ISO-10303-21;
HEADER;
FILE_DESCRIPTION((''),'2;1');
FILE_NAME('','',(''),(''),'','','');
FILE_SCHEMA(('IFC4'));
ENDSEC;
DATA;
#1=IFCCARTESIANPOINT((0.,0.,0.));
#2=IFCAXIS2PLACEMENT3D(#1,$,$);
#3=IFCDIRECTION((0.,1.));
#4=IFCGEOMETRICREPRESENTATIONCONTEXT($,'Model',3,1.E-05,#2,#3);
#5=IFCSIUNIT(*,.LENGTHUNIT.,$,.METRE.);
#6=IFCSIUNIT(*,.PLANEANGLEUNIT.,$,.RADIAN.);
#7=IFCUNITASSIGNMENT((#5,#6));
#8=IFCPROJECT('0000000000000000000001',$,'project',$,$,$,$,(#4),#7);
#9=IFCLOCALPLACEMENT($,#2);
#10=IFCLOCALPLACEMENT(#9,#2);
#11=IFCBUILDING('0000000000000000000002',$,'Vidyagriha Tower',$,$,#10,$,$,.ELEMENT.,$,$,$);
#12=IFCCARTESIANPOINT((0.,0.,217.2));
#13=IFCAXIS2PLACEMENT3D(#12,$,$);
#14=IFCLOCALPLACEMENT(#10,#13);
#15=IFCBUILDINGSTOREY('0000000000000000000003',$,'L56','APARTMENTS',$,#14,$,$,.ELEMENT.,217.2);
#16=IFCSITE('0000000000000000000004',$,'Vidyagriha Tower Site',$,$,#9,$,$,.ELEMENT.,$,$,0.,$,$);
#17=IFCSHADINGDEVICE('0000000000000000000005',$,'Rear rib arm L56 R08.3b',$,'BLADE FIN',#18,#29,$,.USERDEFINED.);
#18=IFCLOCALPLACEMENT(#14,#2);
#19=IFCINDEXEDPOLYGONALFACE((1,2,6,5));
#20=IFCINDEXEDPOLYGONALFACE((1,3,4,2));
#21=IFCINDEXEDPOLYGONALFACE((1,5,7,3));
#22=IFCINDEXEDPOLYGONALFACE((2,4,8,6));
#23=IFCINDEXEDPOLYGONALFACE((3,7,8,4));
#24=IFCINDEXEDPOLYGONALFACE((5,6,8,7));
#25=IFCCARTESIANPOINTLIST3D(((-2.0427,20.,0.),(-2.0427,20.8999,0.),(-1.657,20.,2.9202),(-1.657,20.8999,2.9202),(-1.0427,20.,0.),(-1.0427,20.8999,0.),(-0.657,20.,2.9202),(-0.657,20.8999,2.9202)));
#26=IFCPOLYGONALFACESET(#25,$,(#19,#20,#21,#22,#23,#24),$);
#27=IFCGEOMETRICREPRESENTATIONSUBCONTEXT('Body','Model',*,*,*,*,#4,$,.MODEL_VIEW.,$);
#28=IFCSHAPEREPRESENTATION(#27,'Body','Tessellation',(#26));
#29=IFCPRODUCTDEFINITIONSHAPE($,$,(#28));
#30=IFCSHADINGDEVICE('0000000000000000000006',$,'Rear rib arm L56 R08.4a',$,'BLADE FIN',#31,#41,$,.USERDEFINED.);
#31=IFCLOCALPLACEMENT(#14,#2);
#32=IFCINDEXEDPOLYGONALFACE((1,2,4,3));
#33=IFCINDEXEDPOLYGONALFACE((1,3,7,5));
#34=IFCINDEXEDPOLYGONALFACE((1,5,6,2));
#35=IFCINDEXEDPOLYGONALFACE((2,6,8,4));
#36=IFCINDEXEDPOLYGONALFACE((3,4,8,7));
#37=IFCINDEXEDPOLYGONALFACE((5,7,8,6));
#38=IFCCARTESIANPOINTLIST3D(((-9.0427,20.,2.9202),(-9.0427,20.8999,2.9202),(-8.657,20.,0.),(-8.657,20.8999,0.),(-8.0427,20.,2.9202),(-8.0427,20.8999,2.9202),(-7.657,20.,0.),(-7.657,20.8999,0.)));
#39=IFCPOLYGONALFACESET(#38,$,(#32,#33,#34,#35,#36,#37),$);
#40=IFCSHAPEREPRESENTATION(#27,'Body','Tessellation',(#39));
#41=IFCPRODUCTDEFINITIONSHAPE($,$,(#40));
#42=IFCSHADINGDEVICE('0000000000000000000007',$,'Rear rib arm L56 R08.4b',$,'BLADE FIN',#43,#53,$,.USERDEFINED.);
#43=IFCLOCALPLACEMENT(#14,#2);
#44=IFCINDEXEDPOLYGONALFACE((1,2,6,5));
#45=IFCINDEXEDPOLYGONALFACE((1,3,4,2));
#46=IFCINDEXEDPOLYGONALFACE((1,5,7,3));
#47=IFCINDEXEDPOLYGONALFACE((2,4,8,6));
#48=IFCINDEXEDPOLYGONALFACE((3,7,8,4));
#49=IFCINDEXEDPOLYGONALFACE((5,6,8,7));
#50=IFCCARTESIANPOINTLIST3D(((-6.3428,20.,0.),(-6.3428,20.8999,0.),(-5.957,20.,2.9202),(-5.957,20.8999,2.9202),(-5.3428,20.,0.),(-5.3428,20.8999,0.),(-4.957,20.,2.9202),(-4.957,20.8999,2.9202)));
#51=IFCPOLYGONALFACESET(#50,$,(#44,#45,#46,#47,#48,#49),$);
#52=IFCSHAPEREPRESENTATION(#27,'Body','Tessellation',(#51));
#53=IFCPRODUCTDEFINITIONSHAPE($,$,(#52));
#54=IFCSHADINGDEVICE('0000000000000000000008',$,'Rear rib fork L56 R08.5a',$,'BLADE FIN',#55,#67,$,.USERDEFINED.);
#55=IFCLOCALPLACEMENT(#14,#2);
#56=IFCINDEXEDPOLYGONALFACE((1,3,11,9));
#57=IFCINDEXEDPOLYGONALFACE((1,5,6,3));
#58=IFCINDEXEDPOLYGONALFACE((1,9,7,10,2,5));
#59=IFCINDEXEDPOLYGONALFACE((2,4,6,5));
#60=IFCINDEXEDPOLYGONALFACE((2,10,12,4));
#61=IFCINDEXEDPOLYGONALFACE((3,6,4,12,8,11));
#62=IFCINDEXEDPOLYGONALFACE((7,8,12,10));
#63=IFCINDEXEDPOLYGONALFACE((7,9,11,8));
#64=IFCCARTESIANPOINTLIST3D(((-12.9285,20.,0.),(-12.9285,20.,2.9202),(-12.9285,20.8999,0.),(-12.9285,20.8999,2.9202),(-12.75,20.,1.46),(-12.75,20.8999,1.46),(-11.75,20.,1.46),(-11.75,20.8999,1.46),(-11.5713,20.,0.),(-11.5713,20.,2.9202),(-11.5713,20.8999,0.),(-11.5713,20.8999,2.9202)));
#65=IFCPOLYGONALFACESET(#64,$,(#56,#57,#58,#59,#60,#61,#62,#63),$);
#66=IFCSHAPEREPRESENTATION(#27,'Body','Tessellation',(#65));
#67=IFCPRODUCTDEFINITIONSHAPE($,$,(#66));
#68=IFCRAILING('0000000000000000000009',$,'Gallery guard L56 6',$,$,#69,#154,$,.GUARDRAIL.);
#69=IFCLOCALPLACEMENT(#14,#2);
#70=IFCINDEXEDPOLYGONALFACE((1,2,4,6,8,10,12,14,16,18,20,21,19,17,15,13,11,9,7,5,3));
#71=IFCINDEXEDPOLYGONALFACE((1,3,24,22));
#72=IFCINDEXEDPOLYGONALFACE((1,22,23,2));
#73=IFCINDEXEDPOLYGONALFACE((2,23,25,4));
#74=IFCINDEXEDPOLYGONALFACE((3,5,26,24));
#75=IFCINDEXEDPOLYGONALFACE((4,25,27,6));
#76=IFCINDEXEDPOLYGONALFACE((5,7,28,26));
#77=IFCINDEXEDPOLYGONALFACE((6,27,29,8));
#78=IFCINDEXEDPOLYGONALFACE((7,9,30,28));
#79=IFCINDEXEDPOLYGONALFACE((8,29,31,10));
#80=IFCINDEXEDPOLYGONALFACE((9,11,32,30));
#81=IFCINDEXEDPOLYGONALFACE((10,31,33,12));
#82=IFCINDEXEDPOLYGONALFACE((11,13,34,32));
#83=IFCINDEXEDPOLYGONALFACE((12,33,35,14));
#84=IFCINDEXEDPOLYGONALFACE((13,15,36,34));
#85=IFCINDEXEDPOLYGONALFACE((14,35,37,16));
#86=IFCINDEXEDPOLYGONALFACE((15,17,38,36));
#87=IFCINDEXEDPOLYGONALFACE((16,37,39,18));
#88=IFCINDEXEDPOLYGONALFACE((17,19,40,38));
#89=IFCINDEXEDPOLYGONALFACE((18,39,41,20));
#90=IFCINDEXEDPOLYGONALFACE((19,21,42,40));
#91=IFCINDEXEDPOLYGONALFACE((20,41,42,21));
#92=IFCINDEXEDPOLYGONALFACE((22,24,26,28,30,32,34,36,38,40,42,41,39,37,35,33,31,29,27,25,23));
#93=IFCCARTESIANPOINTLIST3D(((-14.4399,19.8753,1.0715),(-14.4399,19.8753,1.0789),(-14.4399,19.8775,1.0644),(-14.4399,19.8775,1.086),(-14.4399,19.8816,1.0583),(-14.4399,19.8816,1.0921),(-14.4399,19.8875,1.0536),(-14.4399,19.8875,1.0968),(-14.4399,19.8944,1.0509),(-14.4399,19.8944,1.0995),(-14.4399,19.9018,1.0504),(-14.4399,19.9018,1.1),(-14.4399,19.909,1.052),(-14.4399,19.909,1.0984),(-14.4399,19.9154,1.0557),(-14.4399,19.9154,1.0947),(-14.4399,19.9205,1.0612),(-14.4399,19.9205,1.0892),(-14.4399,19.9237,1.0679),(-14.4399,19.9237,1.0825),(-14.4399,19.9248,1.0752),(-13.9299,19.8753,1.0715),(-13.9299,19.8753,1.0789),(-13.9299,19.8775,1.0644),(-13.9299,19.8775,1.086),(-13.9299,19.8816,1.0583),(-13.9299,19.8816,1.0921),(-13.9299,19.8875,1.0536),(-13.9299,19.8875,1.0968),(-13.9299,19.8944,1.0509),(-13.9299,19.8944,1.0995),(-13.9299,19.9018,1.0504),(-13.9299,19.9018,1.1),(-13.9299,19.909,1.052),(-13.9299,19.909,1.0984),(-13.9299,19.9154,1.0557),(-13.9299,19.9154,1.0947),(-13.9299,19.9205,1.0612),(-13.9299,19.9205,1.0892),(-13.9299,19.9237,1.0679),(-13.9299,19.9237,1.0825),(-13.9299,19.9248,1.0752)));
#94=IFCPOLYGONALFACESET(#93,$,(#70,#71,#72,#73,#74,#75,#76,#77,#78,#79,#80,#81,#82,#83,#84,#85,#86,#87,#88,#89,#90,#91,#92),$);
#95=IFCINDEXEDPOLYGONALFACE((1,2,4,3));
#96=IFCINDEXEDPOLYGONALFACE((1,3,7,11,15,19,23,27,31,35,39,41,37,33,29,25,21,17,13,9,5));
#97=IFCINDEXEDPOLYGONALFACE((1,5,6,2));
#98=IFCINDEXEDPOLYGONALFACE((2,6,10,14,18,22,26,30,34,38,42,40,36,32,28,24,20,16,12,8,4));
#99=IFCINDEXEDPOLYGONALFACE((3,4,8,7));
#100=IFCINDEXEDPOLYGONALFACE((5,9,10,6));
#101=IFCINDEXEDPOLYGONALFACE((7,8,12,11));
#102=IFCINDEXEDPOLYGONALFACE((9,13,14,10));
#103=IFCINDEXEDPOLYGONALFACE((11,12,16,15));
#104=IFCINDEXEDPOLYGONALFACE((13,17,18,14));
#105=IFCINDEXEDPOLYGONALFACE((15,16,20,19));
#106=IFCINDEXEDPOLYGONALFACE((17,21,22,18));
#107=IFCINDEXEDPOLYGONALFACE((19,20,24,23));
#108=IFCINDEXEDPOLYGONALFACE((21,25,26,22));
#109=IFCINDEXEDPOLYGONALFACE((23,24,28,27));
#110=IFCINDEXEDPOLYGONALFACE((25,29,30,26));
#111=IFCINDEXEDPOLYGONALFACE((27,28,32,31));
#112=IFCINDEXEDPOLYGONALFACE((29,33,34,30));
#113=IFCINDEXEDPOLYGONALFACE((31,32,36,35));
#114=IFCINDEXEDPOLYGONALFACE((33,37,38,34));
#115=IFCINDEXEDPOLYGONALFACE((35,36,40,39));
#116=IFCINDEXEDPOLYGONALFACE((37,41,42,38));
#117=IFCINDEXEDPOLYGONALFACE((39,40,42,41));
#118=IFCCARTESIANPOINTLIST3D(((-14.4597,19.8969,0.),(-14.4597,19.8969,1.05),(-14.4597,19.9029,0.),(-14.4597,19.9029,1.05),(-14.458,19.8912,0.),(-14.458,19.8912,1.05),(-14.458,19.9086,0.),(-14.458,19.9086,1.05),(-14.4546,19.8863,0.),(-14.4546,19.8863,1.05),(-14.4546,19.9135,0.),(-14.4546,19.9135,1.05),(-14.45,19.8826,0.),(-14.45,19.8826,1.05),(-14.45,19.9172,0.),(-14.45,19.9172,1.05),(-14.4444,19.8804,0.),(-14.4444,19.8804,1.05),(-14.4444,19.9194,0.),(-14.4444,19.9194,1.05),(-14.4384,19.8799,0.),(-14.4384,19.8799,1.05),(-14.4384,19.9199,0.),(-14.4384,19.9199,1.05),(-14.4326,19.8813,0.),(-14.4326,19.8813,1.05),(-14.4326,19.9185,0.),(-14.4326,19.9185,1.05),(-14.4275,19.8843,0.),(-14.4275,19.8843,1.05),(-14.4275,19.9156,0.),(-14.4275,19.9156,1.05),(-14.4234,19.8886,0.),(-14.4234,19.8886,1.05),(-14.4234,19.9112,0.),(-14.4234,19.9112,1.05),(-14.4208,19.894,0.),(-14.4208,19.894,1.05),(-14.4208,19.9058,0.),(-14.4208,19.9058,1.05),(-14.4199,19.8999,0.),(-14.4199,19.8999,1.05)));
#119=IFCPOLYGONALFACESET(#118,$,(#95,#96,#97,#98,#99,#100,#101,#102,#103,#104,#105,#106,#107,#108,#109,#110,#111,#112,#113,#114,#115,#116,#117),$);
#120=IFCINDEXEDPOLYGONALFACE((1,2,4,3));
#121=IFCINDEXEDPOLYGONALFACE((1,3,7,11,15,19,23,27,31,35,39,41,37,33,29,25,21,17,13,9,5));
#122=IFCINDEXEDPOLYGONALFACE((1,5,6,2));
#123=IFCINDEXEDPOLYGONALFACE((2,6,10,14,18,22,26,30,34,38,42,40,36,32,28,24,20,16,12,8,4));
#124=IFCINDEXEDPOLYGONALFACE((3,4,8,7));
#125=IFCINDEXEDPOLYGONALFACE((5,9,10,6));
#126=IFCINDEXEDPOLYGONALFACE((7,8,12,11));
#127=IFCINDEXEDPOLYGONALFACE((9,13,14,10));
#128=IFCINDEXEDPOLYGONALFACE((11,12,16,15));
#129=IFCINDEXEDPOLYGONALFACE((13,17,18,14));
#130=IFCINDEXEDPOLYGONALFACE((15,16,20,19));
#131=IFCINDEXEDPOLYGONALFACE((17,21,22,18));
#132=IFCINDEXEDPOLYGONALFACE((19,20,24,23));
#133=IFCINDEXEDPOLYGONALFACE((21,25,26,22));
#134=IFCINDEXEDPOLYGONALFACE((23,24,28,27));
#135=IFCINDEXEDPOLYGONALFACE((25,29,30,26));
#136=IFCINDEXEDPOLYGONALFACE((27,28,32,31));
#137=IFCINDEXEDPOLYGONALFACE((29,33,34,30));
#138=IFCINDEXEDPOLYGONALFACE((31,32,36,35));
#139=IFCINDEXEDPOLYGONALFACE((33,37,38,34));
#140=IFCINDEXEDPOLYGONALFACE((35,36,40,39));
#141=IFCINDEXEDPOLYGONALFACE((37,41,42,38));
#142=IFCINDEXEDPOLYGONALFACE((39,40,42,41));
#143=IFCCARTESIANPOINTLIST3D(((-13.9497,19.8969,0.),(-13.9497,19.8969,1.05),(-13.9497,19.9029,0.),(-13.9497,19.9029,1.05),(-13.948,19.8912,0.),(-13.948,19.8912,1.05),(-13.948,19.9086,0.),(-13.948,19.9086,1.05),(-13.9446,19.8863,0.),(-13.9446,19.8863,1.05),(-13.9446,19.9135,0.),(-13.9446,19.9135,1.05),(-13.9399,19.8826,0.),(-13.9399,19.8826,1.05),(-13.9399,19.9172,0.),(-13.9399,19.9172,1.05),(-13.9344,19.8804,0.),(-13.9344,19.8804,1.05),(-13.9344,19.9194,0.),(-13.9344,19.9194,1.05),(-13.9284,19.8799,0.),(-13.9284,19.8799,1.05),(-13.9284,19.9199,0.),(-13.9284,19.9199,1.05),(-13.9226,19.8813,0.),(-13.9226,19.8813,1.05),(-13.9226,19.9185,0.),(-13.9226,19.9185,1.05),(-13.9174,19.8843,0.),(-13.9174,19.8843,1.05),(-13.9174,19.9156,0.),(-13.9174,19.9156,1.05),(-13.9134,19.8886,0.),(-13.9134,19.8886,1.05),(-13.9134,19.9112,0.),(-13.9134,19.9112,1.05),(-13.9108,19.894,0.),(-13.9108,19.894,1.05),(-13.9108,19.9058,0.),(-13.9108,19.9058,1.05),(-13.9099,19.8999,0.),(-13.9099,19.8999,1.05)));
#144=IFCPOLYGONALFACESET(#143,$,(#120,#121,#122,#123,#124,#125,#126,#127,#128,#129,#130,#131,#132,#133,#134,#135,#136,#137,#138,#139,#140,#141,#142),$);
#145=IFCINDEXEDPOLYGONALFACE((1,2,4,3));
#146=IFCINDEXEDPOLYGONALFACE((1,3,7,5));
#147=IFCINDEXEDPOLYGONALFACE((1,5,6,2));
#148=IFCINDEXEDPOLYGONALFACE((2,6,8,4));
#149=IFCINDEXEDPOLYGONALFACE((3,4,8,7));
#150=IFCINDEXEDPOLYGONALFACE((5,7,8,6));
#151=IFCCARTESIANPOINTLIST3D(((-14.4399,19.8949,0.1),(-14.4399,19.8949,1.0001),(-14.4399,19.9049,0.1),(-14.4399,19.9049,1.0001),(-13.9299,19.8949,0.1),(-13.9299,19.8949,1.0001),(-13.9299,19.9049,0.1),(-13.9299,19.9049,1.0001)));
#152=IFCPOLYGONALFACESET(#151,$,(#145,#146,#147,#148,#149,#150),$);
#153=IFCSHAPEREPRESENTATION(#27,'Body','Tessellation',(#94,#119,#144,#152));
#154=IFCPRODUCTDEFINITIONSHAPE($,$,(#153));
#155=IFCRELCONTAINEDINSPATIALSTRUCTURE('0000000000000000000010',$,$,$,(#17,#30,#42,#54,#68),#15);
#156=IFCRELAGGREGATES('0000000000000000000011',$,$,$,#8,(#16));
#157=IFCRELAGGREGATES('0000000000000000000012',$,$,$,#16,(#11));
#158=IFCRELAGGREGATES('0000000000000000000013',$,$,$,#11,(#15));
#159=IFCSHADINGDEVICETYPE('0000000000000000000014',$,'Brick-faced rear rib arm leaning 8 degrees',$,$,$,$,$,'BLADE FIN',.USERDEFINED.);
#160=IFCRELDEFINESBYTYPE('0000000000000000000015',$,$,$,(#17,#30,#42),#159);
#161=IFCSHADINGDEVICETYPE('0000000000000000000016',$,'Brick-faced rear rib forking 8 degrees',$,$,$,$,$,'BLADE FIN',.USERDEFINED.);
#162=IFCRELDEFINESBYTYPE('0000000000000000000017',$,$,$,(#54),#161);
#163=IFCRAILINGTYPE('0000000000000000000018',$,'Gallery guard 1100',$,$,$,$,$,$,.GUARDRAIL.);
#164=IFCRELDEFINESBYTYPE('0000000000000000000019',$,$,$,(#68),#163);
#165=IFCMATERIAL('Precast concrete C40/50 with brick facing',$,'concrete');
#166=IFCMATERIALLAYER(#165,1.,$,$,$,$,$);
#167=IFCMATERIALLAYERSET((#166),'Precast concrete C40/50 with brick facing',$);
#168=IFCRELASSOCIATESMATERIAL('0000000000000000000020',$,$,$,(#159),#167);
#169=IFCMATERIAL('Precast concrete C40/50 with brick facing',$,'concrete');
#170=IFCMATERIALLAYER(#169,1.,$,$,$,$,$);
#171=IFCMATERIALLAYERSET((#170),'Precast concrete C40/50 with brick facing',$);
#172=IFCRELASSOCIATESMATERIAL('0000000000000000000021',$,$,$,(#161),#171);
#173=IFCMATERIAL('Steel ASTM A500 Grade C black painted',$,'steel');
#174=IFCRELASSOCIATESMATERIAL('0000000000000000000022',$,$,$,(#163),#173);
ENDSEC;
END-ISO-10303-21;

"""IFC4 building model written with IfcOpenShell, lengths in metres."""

from ifc_helpers import new_model, si_unit, direction, frame, origin, origin_2d, place, context, subcontext, project, spatial, polyline, rectangle, circle, outline, extrude, material, layer, layer_set, type_object, element, save


model = new_model("IFC4")

# Units and contexts
model_context = context("Model", 3, precision=1e-05, world=origin(), true_north=direction((0.0, 1.0)))
body_context = subcontext(model_context, "Body", "Model", "MODEL_VIEW")
ifc_project = project(units=[si_unit("LENGTHUNIT", "METRE"), si_unit("PLANEANGLEUNIT", "RADIAN")], contexts=[model_context])

# Site, building, storey
site_placement = place(None, origin())
site = spatial("IfcSite", under=ifc_project, at=site_placement, Name="Vidyagriha Tower Site", CompositionType="ELEMENT", RefElevation=0.0)
building_placement = place(site_placement, origin())
building = spatial("IfcBuilding", under=site, at=building_placement, Name="Vidyagriha Tower", CompositionType="ELEMENT")
storey_placement = place(building_placement, frame((0.0, 0.0, 217.2)))
storey = spatial("IfcBuildingStorey", under=building, at=storey_placement, Name="L56", Description="APARTMENTS", CompositionType="ELEMENT", Elevation=217.2)

# Shading devices
ifc_material_1 = material(Name="Precast concrete C40/50 with brick facing", Category="concrete")
ifc_layer_1 = layer(ifc_material_1, 1.0)
ifc_layer_set_1 = layer_set([ifc_layer_1], Name="Precast concrete C40/50 with brick facing")
shading_device_type_1 = type_object("IfcShadingDeviceType", Name="Brick-faced rear rib arm leaning 8 degrees", ElementType="BLADE FIN", PredefinedType="USERDEFINED", material=ifc_layer_set_1)
shading_device_1_placement = place(storey_placement, frame((-0.657, 20.45, 0.0), z_axis=(0.0, 0.0, 1.0), x_axis=(-1.0, 0.0, 0.0)))
element("IfcShadingDevice", 1, at=shading_device_1_placement, inside=storey, type_object=shading_device_type_1, Name="Rear rib arm L56 R08.3b", ObjectType="BLADE FIN", PredefinedType="USERDEFINED", context=body_context, shape_type="SweptSolid", body=[
    extrude(outline(polyline([(0.3857, 0.0), (1.3857, 0.0), (1.0, 2.9202), (0.0, 2.9202), (0.3857, 0.0)])), frame((0.0, 0.45, 0.0), z_axis=(0.0, -1.0, 0.0), x_axis=(1.0, 0.0, 0.0)), (0.0, 0.0, 1.0), 0.8999),
])
shading_device_2_placement = place(storey_placement, frame((-7.657, 20.45, 0.0), z_axis=(0.0, 0.0, 1.0), x_axis=(-1.0, 0.0, 0.0)))
element("IfcShadingDevice", 2, at=shading_device_2_placement, inside=storey, type_object=shading_device_type_1, Name="Rear rib arm L56 R08.4a", ObjectType="BLADE FIN", PredefinedType="USERDEFINED", context=body_context, shape_type="SweptSolid", body=[
    extrude(outline(polyline([(0.0, 0.0), (1.0, 0.0), (1.3857, 2.9202), (0.3857, 2.9202), (0.0, 0.0)])), frame((0.0, 0.45, 0.0), z_axis=(0.0, -1.0, 0.0), x_axis=(1.0, 0.0, 0.0)), (0.0, 0.0, 1.0), 0.8999),
])
shading_device_3_placement = place(storey_placement, frame((-4.957, 20.45, 0.0), z_axis=(0.0, 0.0, 1.0), x_axis=(-1.0, 0.0, 0.0)))
element("IfcShadingDevice", 3, at=shading_device_3_placement, inside=storey, type_object=shading_device_type_1, Name="Rear rib arm L56 R08.4b", ObjectType="BLADE FIN", PredefinedType="USERDEFINED", context=body_context, shape_type="SweptSolid", body=[
    extrude(outline(polyline([(0.3857, 0.0), (1.3857, 0.0), (1.0, 2.9202), (0.0, 2.9202), (0.3857, 0.0)])), frame((0.0, 0.45, 0.0), z_axis=(0.0, -1.0, 0.0), x_axis=(1.0, 0.0, 0.0)), (0.0, 0.0, 1.0), 0.8999),
])
ifc_material_2 = material(Name="Precast concrete C40/50 with brick facing", Category="concrete")
ifc_layer_2 = layer(ifc_material_2, 1.0)
ifc_layer_set_2 = layer_set([ifc_layer_2], Name="Precast concrete C40/50 with brick facing")
shading_device_type_2 = type_object("IfcShadingDeviceType", Name="Brick-faced rear rib forking 8 degrees", ElementType="BLADE FIN", PredefinedType="USERDEFINED", material=ifc_layer_set_2)
shading_device_4_placement = place(storey_placement, frame((-11.5713, 20.45, 0.0), z_axis=(0.0, 0.0, 1.0), x_axis=(-1.0, 0.0, 0.0)))
element("IfcShadingDevice", 4, at=shading_device_4_placement, inside=storey, type_object=shading_device_type_2, Name="Rear rib fork L56 R08.5a", ObjectType="BLADE FIN", PredefinedType="USERDEFINED", context=body_context, shape_type="SweptSolid", body=[
    extrude(outline(polyline([(0.0, 0.0), (1.3572, 0.0), (1.1787, 1.46), (1.3572, 2.9202), (0.0, 2.9202), (0.1787, 1.46), (0.0, 0.0)])), frame((0.0, 0.45, 0.0), z_axis=(0.0, -1.0, 0.0), x_axis=(1.0, 0.0, 0.0)), (0.0, 0.0, 1.0), 0.8999),
])

# Railing
ifc_material_3 = material(Name="Steel ASTM A500 Grade C black painted", Category="steel")
railing_type_1 = type_object("IfcRailingType", Name="Gallery guard 1100", PredefinedType="GUARDRAIL", material=ifc_material_3)
railing_1_placement = place(storey_placement, frame((-14.4399, 19.8999, 0.0)))
element("IfcRailing", 5, at=railing_1_placement, inside=storey, type_object=railing_type_1, Name="Gallery guard L56 6", PredefinedType="GUARDRAIL", context=body_context, shape_type="SweptSolid", body=[
    extrude(circle(Radius=0.0249, at=origin_2d()), frame((0.0, 0.0, 1.0752), z_axis=(1.0, 0.0, 0.0), x_axis=(0.0, 1.0, 0.0)), (0.0, 0.0, 1.0), 0.51),
    extrude(circle(Radius=0.02, at=origin_2d()), origin(), (0.0, 0.0, 1.0), 1.05),
    extrude(circle(Radius=0.02, at=origin_2d()), frame((0.51, 0.0, 0.0)), (0.0, 0.0, 1.0), 1.05),
    extrude(rectangle(XDim=0.01, YDim=0.9001, at=origin_2d()), frame((0.0, 0.0, 0.55), z_axis=(1.0, 0.0, 0.0), x_axis=(0.0, 1.0, 0.0)), (0.0, 0.0, 1.0), 0.51),
])

save(model, "model.ifc")
